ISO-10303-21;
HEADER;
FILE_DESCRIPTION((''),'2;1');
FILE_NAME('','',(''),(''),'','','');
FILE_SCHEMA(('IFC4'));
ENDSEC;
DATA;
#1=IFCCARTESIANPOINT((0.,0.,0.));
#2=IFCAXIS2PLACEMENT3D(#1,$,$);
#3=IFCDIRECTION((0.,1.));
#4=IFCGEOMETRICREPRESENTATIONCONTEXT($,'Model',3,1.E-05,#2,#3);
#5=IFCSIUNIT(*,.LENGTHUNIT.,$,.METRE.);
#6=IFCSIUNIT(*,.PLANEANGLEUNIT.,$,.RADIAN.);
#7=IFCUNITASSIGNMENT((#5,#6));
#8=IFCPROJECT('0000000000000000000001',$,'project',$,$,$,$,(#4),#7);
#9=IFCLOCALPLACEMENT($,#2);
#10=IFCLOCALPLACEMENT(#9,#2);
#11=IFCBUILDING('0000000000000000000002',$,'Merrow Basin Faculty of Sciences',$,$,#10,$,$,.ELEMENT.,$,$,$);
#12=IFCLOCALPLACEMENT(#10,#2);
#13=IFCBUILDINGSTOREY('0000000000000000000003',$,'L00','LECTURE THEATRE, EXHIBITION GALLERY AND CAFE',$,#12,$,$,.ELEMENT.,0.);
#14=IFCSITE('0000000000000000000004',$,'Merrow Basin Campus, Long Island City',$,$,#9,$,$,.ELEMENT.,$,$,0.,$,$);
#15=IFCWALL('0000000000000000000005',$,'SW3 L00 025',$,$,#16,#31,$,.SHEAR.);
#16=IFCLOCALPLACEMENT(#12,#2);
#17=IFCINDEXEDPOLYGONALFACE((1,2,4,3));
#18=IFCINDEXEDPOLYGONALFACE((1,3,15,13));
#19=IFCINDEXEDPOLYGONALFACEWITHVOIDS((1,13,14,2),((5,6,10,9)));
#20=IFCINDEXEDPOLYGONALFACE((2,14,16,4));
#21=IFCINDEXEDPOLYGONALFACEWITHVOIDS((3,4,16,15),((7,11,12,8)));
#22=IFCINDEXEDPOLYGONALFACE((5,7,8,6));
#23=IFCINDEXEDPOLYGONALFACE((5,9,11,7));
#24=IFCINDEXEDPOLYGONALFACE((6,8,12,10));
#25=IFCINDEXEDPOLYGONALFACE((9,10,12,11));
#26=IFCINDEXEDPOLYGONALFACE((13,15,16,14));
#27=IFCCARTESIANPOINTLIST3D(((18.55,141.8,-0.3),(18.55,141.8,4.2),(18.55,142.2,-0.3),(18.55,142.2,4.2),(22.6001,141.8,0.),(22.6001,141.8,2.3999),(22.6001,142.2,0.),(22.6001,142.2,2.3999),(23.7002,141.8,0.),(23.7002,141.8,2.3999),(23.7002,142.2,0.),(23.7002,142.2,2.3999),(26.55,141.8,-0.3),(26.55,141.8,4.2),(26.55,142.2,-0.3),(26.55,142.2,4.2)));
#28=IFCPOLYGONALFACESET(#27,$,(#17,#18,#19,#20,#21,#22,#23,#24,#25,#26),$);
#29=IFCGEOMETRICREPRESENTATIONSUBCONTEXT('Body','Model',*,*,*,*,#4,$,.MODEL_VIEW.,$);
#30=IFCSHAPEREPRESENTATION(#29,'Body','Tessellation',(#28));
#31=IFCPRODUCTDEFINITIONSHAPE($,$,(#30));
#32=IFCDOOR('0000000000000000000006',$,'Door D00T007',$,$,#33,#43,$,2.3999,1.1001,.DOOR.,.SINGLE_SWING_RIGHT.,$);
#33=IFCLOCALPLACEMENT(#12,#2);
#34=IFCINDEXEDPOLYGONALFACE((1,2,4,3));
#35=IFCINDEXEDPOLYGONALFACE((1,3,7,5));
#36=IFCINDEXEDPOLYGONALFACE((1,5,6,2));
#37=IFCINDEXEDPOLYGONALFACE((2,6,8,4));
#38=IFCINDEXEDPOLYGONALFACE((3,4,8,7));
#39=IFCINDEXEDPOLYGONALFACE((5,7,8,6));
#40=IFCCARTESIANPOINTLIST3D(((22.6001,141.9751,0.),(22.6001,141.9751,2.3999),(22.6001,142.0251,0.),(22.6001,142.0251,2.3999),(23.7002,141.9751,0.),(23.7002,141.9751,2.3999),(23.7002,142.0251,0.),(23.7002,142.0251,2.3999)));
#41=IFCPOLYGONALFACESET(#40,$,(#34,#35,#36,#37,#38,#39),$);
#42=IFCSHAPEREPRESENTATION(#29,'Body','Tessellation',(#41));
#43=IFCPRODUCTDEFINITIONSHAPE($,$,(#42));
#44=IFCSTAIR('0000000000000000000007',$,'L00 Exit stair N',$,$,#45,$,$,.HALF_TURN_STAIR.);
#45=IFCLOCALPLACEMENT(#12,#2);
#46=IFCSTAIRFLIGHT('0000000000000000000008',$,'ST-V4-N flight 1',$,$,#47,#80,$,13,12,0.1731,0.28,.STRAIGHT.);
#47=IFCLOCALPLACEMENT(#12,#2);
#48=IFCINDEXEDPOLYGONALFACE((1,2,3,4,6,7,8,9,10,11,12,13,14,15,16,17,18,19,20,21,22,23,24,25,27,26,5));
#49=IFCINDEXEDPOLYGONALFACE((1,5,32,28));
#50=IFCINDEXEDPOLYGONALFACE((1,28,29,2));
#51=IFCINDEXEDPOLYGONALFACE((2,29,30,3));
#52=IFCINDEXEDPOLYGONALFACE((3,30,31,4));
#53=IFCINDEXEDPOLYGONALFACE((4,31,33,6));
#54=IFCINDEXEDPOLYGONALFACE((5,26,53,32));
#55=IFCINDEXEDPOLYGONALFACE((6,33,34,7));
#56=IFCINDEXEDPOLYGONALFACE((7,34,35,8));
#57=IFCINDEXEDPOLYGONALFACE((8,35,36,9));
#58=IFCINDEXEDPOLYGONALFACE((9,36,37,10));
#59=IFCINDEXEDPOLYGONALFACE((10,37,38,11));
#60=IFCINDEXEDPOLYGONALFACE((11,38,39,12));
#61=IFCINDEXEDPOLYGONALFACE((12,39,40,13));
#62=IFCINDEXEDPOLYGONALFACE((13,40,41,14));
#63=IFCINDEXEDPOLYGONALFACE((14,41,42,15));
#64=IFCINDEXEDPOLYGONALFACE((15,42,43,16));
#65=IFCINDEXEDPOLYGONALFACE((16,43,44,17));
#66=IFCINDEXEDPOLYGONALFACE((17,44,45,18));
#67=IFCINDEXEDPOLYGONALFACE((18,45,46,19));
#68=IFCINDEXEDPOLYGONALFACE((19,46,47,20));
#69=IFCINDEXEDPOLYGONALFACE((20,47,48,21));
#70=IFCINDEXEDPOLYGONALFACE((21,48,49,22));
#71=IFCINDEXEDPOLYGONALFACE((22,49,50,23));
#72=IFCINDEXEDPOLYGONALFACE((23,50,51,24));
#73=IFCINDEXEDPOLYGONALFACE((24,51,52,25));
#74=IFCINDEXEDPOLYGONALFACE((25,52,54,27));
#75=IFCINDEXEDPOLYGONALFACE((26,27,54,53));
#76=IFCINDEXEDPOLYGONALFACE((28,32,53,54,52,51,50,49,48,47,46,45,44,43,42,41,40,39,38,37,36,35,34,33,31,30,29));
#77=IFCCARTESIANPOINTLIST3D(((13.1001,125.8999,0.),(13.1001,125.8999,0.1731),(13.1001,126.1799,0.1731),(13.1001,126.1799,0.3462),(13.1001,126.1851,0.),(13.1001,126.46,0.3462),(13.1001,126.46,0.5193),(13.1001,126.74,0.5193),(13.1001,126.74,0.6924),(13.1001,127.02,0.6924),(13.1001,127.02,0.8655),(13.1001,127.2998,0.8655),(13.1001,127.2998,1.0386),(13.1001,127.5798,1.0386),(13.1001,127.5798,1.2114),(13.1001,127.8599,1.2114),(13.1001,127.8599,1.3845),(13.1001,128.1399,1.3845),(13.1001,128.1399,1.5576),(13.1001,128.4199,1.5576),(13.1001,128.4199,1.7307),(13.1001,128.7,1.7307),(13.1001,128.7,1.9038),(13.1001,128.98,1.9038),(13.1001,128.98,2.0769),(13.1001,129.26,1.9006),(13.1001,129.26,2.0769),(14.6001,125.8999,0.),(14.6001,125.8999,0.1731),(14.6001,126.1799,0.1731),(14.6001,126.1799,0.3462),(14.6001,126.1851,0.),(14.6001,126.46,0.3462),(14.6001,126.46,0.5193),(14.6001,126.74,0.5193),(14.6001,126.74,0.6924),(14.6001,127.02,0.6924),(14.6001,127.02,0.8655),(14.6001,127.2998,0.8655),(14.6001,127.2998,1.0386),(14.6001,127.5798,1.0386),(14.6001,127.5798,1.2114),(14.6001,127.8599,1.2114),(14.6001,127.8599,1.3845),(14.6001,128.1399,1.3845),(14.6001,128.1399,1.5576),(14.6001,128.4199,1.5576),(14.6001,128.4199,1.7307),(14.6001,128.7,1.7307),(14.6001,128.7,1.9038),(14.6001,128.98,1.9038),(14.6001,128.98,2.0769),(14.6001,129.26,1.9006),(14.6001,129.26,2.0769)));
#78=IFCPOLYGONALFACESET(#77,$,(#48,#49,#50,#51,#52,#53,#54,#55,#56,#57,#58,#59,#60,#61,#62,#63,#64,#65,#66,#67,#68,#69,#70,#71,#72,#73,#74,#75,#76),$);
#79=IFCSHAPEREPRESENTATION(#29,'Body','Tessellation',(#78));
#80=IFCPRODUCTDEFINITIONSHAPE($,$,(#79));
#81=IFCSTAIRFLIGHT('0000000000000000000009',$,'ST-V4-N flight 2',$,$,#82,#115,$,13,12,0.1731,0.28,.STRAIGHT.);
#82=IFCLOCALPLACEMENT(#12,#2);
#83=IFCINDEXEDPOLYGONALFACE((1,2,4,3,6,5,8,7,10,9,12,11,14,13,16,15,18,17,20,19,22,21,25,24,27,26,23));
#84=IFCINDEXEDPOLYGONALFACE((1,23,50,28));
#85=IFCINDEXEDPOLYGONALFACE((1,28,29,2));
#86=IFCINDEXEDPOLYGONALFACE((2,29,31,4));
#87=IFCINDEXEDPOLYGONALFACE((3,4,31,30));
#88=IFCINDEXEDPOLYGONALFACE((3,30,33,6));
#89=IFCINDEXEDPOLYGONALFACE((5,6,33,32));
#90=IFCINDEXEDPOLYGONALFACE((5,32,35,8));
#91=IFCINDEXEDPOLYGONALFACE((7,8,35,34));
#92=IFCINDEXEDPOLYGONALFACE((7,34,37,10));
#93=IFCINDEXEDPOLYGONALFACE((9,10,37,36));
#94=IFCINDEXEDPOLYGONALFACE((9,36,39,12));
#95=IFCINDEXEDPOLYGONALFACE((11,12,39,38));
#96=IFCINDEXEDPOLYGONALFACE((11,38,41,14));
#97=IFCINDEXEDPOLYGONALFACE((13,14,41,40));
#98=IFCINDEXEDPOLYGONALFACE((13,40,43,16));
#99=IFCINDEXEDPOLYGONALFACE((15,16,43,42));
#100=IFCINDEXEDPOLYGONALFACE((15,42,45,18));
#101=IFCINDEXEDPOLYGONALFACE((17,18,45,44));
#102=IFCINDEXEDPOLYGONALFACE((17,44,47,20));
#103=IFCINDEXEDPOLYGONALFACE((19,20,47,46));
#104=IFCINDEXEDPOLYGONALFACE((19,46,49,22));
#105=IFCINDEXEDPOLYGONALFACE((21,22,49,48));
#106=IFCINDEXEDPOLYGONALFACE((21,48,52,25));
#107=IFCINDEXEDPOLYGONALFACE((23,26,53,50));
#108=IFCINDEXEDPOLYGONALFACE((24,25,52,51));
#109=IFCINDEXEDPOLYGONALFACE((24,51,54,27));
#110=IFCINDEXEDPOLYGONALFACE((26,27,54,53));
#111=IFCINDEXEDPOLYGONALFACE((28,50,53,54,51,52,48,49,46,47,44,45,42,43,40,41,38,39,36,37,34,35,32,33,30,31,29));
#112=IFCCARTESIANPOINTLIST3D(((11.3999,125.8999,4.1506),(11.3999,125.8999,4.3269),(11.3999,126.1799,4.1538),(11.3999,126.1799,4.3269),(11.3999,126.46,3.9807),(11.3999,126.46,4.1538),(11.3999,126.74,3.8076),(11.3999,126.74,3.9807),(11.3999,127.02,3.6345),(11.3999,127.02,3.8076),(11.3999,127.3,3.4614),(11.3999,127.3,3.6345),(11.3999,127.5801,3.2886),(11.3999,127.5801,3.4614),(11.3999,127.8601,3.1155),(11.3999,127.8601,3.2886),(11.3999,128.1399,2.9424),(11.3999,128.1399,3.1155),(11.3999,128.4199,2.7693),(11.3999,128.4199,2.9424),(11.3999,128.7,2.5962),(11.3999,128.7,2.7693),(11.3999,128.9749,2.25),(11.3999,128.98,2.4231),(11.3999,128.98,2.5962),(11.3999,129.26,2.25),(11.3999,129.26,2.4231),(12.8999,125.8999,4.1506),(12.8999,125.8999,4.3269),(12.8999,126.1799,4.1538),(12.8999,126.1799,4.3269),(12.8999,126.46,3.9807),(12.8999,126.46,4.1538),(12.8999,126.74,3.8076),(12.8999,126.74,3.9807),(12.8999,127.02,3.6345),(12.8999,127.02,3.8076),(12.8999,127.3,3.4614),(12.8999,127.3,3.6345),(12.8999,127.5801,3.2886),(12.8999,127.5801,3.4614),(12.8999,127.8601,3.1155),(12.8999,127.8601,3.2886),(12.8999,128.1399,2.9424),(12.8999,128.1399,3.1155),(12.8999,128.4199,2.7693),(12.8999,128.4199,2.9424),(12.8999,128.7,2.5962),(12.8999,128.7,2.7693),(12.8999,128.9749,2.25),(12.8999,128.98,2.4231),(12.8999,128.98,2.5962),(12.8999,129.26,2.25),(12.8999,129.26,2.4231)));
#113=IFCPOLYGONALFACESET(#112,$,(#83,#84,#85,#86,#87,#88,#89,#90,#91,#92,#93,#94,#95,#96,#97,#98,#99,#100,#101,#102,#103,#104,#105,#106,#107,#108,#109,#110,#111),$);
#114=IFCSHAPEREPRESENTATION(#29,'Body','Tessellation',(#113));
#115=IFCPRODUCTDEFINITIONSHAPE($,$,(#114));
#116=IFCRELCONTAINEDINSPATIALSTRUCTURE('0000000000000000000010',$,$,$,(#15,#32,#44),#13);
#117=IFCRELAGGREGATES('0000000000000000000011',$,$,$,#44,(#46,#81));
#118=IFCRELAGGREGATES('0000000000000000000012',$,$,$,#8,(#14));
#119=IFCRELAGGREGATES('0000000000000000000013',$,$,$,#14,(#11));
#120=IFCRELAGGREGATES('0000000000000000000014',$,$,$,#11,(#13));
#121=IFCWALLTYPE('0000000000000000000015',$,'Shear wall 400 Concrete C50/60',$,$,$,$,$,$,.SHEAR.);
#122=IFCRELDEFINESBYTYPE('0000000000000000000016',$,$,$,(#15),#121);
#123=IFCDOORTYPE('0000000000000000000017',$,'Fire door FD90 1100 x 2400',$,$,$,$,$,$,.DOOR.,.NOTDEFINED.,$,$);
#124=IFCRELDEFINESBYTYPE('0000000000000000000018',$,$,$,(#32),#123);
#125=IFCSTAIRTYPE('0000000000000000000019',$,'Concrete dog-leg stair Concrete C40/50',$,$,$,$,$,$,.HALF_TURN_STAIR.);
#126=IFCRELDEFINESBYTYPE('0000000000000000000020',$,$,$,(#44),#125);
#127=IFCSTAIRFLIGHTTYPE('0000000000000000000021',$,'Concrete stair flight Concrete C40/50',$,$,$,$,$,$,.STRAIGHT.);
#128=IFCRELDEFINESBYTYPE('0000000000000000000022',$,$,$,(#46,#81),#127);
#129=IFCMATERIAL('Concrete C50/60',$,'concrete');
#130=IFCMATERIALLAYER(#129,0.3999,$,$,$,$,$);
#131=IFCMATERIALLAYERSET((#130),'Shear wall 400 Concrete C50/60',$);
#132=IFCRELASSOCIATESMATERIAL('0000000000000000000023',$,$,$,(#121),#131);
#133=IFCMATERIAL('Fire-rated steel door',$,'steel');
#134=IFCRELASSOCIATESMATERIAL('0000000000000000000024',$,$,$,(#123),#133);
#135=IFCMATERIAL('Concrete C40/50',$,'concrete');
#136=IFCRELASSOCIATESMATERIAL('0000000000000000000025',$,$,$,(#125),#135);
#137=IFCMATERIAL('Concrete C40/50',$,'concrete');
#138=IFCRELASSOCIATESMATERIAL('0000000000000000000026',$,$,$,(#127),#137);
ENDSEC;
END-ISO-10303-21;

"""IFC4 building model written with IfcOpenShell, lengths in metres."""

from ifc_helpers import new_model, si_unit, direction, frame, frame_2d, origin, place, context, subcontext, project, spatial, polyline, rectangle, outline, extrude, material, layer, layer_set, type_object, element, fill, aggregate, save


model = new_model("IFC4")

# Units and contexts
model_context = context("Model", 3, precision=1e-05, world=origin(), true_north=direction((0.0, 1.0)))
body_context = subcontext(model_context, "Body", "Model", "MODEL_VIEW")
ifc_project = project(units=[si_unit("LENGTHUNIT", "METRE"), si_unit("PLANEANGLEUNIT", "RADIAN")], contexts=[model_context])

# Site, building, storey
site_placement = place(None, origin())
site = spatial("IfcSite", under=ifc_project, at=site_placement, Name="Merrow Basin Campus, Long Island City", CompositionType="ELEMENT", RefElevation=0.0)
building_placement = place(site_placement, origin())
building = spatial("IfcBuilding", under=site, at=building_placement, Name="Merrow Basin Faculty of Sciences", CompositionType="ELEMENT")
storey_placement = place(building_placement, origin())
storey = spatial("IfcBuildingStorey", under=building, at=storey_placement, Name="L00", Description="LECTURE THEATRE, EXHIBITION GALLERY AND CAFE", CompositionType="ELEMENT", Elevation=0.0)

# Wall, opening, door
ifc_material_1 = material(Name="Concrete C50/60", Category="concrete")
ifc_layer_1 = layer(ifc_material_1, 0.3999)
ifc_layer_set_1 = layer_set([ifc_layer_1], Name="Shear wall 400 Concrete C50/60")
wall_type_1 = type_object("IfcWallType", Name="Shear wall 400 Concrete C50/60", PredefinedType="SHEAR", material=ifc_layer_set_1)
wall_1_placement = place(storey_placement, frame((18.55, 142.0, -0.3), z_axis=(0.0, 0.0, 1.0), x_axis=(1.0, 0.0, 0.0)))
wall_1 = element("IfcWall", 1, at=wall_1_placement, inside=storey, type_object=wall_type_1, Name="SW3 L00 025", PredefinedType="SHEAR", context=body_context, shape_type="SweptSolid", body=[
    extrude(rectangle(XDim=8.0, YDim=0.3999, at=frame_2d((4.0, 0.0))), origin(), (0.0, 0.0, 1.0), 4.5),
])
opening_1_placement = place(wall_1_placement, frame((4.05, 0.0, 0.3)))
opening_1 = element("IfcOpeningElement", 2, at=opening_1_placement, cuts=wall_1, PredefinedType="OPENING", context=body_context, shape_type="SweptSolid", body=[
    extrude(rectangle(XDim=1.1001, YDim=2.3999, at=frame_2d((0.55, 1.2))), frame((0.0, 0.21, 0.0), z_axis=(0.0, -1.0, 0.0), x_axis=(1.0, 0.0, 0.0)), (0.0, 0.0, 1.0), 0.4199),
])
ifc_material_2 = material(Name="Fire-rated steel door", Category="steel")
door_type_1 = type_object("IfcDoorType", Name="Fire door FD90 1100 x 2400", OperationType="NOTDEFINED", PredefinedType="DOOR", material=ifc_material_2)
door_1_placement = place(opening_1_placement, frame((1.1001, 0.0, 0.0), z_axis=(0.0, 0.0, 1.0), x_axis=(-1.0, 0.0, 0.0)))
door_1 = element("IfcDoor", 3, at=door_1_placement, inside=storey, type_object=door_type_1, Name="Door D00T007", OperationType="SINGLE_SWING_RIGHT", OverallHeight=2.3999, OverallWidth=1.1001, PredefinedType="DOOR", context=body_context, shape_type="SweptSolid", body=[
    extrude(rectangle(XDim=1.1001, YDim=2.3999, at=frame_2d((0.55, 1.2))), frame((0.0, 0.0249, 0.0), z_axis=(0.0, -1.0, 0.0), x_axis=(1.0, 0.0, 0.0)), (0.0, 0.0, 1.0), 0.05),
])
fill(opening_1, door_1)

# Stair, stair flights
ifc_material_3 = material(Name="Concrete C40/50", Category="concrete")
stair_type = type_object("IfcStairType", Name="Concrete dog-leg stair Concrete C40/50", PredefinedType="HALF_TURN_STAIR", material=ifc_material_3)
stair_placement = place(storey_placement, origin())
stair = element("IfcStair", 4, at=stair_placement, inside=storey, type_object=stair_type, Name="L00 Exit stair N", PredefinedType="HALF_TURN_STAIR")
ifc_material_4 = material(Name="Concrete C40/50", Category="concrete")
stair_flight_type = type_object("IfcStairFlightType", Name="Concrete stair flight Concrete C40/50", PredefinedType="STRAIGHT", material=ifc_material_4)
stair_flight_1_placement = place(storey_placement, frame((13.8501, 125.8999, 0.0), z_axis=(0.0, 0.0, 1.0), x_axis=(0.0, 1.0, 0.0)))
stair_flight_1 = element("IfcStairFlight", 5, at=stair_flight_1_placement, type_object=stair_flight_type, Name="ST-V4-N flight 1", NumberOfRisers=13, NumberOfTreads=12, PredefinedType="STRAIGHT", RiserHeight=0.1731, TreadLength=0.28, context=body_context, shape_type="SweptSolid", body=[
    extrude(outline(polyline([(0.0, 0.0), (0.0, 0.1731), (0.28, 0.1731), (0.28, 0.3462), (0.5601, 0.3462), (0.5601, 0.5193), (0.8401, 0.5193), (0.8401, 0.6924), (1.1201, 0.6924), (1.1201, 0.8655), (1.3999, 0.8655), (1.3999, 1.0386), (1.6799, 1.0386), (1.6799, 1.2114), (1.96, 1.2114), (1.96, 1.3845), (2.24, 1.3845), (2.24, 1.5576), (2.52, 1.5576), (2.52, 1.7307), (2.8, 1.7307), (2.8, 1.9038), (3.0801, 1.9038), (3.0801, 2.0769), (3.3601, 2.0769), (3.3601, 2.25), (3.3601, 1.9006), (0.2852, 0.0), (0.0, 0.0)])), frame((0.0, 0.75, 0.0), z_axis=(0.0, -1.0, 0.0), x_axis=(1.0, 0.0, 0.0)), (0.0, 0.0, 1.0), 1.5),
])
stair_flight_2_placement = place(storey_placement, frame((12.1499, 129.26, 2.25), z_axis=(0.0, 0.0, 1.0), x_axis=(0.0, -1.0, 0.0)))
stair_flight_2 = element("IfcStairFlight", 6, at=stair_flight_2_placement, type_object=stair_flight_type, Name="ST-V4-N flight 2", NumberOfRisers=13, NumberOfTreads=12, PredefinedType="STRAIGHT", RiserHeight=0.1731, TreadLength=0.28, context=body_context, shape_type="SweptSolid", body=[
    extrude(outline(polyline([(0.0, 0.0), (0.0, 0.1731), (0.28, 0.1731), (0.28, 0.3462), (0.5601, 0.3462), (0.5601, 0.5193), (0.8401, 0.5193), (0.8401, 0.6924), (1.1201, 0.6924), (1.1201, 0.8655), (1.3999, 0.8655), (1.3999, 1.0386), (1.6799, 1.0386), (1.6799, 1.2114), (1.96, 1.2114), (1.96, 1.3845), (2.24, 1.3845), (2.24, 1.5576), (2.52, 1.5576), (2.52, 1.7307), (2.8, 1.7307), (2.8, 1.9038), (3.0801, 1.9038), (3.0801, 2.0769), (3.3601, 2.0769), (3.3601, 2.25), (3.3601, 1.9006), (0.2852, 0.0), (0.0, 0.0)])), frame((0.0, 0.75, 0.0), z_axis=(0.0, -1.0, 0.0), x_axis=(1.0, 0.0, 0.0)), (0.0, 0.0, 1.0), 1.5),
])
aggregate(stair, [stair_flight_1, stair_flight_2])

save(model, "model.ifc")
